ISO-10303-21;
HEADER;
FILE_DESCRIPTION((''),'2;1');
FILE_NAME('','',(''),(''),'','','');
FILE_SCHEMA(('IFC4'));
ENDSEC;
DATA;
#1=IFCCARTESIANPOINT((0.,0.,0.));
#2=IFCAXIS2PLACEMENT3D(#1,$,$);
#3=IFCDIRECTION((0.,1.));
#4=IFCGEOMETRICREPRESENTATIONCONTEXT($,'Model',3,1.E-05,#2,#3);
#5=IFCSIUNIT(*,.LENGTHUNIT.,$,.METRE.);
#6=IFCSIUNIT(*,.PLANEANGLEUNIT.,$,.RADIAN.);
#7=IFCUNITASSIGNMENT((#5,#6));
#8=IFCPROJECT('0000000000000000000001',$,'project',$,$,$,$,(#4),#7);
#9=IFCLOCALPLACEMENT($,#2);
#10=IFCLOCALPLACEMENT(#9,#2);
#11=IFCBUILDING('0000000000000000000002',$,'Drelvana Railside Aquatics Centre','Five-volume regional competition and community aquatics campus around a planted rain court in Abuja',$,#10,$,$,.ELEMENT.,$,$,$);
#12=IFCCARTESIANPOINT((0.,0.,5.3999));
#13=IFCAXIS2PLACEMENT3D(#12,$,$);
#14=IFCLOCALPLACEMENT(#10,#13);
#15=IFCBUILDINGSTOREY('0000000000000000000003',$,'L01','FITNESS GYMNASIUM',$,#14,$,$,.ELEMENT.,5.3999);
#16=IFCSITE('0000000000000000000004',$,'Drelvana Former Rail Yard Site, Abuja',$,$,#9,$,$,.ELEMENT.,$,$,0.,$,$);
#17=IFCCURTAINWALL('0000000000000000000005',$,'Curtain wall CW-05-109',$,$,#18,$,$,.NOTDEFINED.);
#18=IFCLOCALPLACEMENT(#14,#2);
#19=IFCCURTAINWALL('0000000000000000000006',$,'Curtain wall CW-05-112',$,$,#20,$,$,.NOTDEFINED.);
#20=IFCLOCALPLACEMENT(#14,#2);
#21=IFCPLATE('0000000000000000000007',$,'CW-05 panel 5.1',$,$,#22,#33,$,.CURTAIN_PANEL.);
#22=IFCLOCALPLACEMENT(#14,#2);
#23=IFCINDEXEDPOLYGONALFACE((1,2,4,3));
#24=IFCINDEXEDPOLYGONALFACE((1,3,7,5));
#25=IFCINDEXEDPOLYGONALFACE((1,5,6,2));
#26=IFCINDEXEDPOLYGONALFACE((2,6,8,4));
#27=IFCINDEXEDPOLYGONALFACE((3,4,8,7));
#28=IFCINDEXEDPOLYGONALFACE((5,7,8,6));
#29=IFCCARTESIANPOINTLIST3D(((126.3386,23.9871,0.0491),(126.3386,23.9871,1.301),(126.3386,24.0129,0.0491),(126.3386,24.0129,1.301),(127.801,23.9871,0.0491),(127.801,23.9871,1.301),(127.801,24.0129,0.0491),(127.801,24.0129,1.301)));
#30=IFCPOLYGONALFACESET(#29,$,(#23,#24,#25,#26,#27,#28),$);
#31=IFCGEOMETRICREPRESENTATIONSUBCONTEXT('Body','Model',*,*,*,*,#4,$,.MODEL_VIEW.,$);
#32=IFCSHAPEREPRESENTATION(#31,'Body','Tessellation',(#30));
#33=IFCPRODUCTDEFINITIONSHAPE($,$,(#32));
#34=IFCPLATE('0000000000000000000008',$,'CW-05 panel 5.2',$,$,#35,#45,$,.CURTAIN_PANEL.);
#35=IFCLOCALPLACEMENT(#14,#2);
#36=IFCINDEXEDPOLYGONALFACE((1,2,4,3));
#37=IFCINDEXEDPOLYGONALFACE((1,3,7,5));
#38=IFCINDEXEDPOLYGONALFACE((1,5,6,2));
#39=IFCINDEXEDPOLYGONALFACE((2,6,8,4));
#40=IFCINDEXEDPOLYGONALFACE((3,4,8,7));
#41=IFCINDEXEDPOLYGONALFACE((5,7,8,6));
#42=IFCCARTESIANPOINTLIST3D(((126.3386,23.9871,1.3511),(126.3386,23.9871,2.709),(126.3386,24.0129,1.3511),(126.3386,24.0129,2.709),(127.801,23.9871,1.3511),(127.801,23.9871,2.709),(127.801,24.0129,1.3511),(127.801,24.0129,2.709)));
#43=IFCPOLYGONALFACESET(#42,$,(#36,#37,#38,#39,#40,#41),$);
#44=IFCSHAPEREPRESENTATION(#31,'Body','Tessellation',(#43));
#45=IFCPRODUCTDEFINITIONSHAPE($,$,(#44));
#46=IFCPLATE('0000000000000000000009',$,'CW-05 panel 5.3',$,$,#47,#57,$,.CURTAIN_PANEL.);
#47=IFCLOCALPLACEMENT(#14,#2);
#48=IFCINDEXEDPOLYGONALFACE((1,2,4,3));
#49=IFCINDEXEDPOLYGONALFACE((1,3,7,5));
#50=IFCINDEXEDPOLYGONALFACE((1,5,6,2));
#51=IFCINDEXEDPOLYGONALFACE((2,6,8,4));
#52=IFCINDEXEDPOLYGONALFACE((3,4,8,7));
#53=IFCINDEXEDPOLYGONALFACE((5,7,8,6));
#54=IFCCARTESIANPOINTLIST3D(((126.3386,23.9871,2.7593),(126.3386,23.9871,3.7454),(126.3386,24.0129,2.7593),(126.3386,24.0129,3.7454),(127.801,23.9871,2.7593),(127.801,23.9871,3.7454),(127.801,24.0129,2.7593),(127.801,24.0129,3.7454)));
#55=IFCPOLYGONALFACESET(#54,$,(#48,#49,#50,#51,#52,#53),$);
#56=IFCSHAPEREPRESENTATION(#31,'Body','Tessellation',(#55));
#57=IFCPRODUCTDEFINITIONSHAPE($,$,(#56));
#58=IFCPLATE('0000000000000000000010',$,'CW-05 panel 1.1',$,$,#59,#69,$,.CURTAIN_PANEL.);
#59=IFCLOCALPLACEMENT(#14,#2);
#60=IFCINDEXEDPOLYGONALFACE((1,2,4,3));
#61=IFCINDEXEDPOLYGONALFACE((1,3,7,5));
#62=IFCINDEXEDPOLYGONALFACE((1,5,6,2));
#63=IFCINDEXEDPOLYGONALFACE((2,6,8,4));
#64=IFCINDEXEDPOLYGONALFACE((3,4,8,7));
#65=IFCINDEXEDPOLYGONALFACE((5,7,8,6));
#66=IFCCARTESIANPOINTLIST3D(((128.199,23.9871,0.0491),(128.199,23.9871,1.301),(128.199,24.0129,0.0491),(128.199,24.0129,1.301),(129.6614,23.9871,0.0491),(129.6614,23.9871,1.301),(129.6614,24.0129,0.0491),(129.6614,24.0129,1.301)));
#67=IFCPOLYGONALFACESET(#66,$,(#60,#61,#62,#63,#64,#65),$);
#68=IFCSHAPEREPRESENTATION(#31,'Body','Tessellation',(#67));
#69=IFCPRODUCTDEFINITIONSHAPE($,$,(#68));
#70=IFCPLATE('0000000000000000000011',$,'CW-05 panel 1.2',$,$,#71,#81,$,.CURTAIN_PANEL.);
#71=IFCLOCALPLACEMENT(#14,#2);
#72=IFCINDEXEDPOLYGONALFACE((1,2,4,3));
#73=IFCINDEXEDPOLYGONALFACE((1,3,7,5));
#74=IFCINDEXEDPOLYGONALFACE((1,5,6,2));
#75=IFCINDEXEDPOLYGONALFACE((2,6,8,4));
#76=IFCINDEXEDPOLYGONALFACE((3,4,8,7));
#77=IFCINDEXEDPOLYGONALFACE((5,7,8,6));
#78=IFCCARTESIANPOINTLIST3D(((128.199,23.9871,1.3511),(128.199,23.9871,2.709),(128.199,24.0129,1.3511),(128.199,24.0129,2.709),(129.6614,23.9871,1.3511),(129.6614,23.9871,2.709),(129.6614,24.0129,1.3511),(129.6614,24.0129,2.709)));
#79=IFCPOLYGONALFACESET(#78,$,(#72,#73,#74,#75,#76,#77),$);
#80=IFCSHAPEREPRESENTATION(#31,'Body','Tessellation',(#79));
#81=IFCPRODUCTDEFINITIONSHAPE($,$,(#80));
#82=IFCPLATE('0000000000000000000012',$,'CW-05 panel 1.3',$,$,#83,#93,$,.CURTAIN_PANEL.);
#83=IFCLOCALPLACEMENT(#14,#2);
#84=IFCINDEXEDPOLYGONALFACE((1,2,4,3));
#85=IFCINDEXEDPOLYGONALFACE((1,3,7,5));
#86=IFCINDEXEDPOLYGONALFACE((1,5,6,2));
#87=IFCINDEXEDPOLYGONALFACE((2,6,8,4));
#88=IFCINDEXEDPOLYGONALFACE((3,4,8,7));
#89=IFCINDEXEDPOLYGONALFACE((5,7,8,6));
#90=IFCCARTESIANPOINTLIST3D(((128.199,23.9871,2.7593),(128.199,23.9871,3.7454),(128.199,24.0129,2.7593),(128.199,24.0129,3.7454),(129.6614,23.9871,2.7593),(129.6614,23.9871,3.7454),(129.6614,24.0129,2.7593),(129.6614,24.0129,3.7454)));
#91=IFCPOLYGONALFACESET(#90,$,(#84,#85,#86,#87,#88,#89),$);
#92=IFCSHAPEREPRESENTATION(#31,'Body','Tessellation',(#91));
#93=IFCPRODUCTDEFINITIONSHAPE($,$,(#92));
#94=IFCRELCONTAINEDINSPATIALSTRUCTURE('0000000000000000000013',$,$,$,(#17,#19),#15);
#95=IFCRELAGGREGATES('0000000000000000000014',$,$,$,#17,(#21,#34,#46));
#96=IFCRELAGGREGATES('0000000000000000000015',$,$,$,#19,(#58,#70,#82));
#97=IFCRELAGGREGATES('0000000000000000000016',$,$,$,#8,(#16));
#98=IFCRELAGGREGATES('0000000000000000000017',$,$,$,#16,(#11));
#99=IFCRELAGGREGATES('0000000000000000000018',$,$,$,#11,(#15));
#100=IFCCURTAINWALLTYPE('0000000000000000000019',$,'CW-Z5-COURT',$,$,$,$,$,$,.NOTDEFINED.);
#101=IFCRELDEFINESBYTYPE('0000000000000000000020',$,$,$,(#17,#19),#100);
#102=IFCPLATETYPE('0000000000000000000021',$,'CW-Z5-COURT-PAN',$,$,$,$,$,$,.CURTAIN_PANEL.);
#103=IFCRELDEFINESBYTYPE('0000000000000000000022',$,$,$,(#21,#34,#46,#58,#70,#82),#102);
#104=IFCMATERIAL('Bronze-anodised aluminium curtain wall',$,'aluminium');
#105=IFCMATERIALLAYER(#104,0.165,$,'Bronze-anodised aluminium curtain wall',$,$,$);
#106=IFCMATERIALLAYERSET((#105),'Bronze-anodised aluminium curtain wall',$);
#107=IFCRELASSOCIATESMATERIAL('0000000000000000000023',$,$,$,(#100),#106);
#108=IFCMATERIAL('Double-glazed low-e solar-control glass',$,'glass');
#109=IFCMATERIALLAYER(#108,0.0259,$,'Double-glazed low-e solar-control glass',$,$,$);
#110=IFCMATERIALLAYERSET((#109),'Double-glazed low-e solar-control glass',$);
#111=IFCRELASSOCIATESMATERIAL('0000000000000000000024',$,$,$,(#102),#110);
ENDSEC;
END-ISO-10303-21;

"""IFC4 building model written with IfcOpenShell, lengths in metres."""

from ifc_helpers import new_model, si_unit, direction, frame, origin, origin_2d, place, context, subcontext, project, spatial, rectangle, extrude, material, layer, layer_set, type_object, element, aggregate, save


model = new_model("IFC4")

# Units and contexts
model_context = context("Model", 3, precision=1e-05, world=origin(), true_north=direction((0.0, 1.0)))
body_context = subcontext(model_context, "Body", "Model", "MODEL_VIEW")
ifc_project = project(units=[si_unit("LENGTHUNIT", "METRE"), si_unit("PLANEANGLEUNIT", "RADIAN")], contexts=[model_context])

# Site, building, storey
site_placement = place(None, origin())
site = spatial("IfcSite", under=ifc_project, at=site_placement, Name="Drelvana Former Rail Yard Site, Abuja", CompositionType="ELEMENT", RefElevation=0.0)
building_placement = place(site_placement, origin())
building = spatial("IfcBuilding", under=site, at=building_placement, Name="Drelvana Railside Aquatics Centre", Description="Five-volume regional competition and community aquatics campus around a planted rain court in Abuja", CompositionType="ELEMENT")
storey_placement = place(building_placement, frame((0.0, 0.0, 5.3999)))
storey = spatial("IfcBuildingStorey", under=building, at=storey_placement, Name="L01", Description="FITNESS GYMNASIUM", CompositionType="ELEMENT", Elevation=5.3999)

# Curtain walls
ifc_material_1 = material(Name="Bronze-anodised aluminium curtain wall", Category="aluminium")
ifc_layer_1 = layer(ifc_material_1, 0.165, Name="Bronze-anodised aluminium curtain wall")
ifc_layer_set_1 = layer_set([ifc_layer_1], Name="Bronze-anodised aluminium curtain wall")
curtain_wall_type = type_object("IfcCurtainWallType", Name="CW-Z5-COURT", PredefinedType="NOTDEFINED", material=ifc_layer_set_1)
curtain_wall_1_placement = place(storey_placement, origin())
curtain_wall_1 = element("IfcCurtainWall", 1, at=curtain_wall_1_placement, inside=storey, type_object=curtain_wall_type, Name="Curtain wall CW-05-109", PredefinedType="NOTDEFINED")
curtain_wall_2_placement = place(storey_placement, origin())
curtain_wall_2 = element("IfcCurtainWall", 2, at=curtain_wall_2_placement, inside=storey, type_object=curtain_wall_type, Name="Curtain wall CW-05-112", PredefinedType="NOTDEFINED")

# Plates
ifc_material_2 = material(Name="Double-glazed low-e solar-control glass", Category="glass")
ifc_layer_2 = layer(ifc_material_2, 0.0259, Name="Double-glazed low-e solar-control glass")
ifc_layer_set_2 = layer_set([ifc_layer_2], Name="Double-glazed low-e solar-control glass")
plate_type = type_object("IfcPlateType", Name="CW-Z5-COURT-PAN", PredefinedType="CURTAIN_PANEL", material=ifc_layer_set_2)
plate_1_placement = place(storey_placement, frame((127.0698, 24.0, 0.0491), z_axis=(0.0, 0.0, 1.0), x_axis=(1.0, 0.0, 0.0)))
plate_1 = element("IfcPlate", 3, at=plate_1_placement, type_object=plate_type, Name="CW-05 panel 5.1", PredefinedType="CURTAIN_PANEL", context=body_context, shape_type="SweptSolid", body=[
    extrude(rectangle(XDim=1.4624, YDim=0.0259, at=origin_2d()), origin(), (0.0, 0.0, 1.0), 1.252),
])
plate_2_placement = place(storey_placement, frame((127.0698, 24.0, 1.3511), z_axis=(0.0, 0.0, 1.0), x_axis=(1.0, 0.0, 0.0)))
plate_2 = element("IfcPlate", 4, at=plate_2_placement, type_object=plate_type, Name="CW-05 panel 5.2", PredefinedType="CURTAIN_PANEL", context=body_context, shape_type="SweptSolid", body=[
    extrude(rectangle(XDim=1.4624, YDim=0.0259, at=origin_2d()), origin(), (0.0, 0.0, 1.0), 1.3579),
])
plate_3_placement = place(storey_placement, frame((127.0698, 24.0, 2.7593), z_axis=(0.0, 0.0, 1.0), x_axis=(1.0, 0.0, 0.0)))
plate_3 = element("IfcPlate", 5, at=plate_3_placement, type_object=plate_type, Name="CW-05 panel 5.3", PredefinedType="CURTAIN_PANEL", context=body_context, shape_type="SweptSolid", body=[
    extrude(rectangle(XDim=1.4624, YDim=0.0259, at=origin_2d()), origin(), (0.0, 0.0, 1.0), 0.9861),
])
aggregate(curtain_wall_1, [plate_1, plate_2, plate_3])
plate_4_placement = place(storey_placement, frame((128.9302, 24.0, 0.0491), z_axis=(0.0, 0.0, 1.0), x_axis=(1.0, 0.0, 0.0)))
plate_4 = element("IfcPlate", 6, at=plate_4_placement, type_object=plate_type, Name="CW-05 panel 1.1", PredefinedType="CURTAIN_PANEL", context=body_context, shape_type="SweptSolid", body=[
    extrude(rectangle(XDim=1.4624, YDim=0.0259, at=origin_2d()), origin(), (0.0, 0.0, 1.0), 1.252),
])
plate_5_placement = place(storey_placement, frame((128.9302, 24.0, 1.3511), z_axis=(0.0, 0.0, 1.0), x_axis=(1.0, 0.0, 0.0)))
plate_5 = element("IfcPlate", 7, at=plate_5_placement, type_object=plate_type, Name="CW-05 panel 1.2", PredefinedType="CURTAIN_PANEL", context=body_context, shape_type="SweptSolid", body=[
    extrude(rectangle(XDim=1.4624, YDim=0.0259, at=origin_2d()), origin(), (0.0, 0.0, 1.0), 1.3579),
])
plate_6_placement = place(storey_placement, frame((128.9302, 24.0, 2.7593), z_axis=(0.0, 0.0, 1.0), x_axis=(1.0, 0.0, 0.0)))
plate_6 = element("IfcPlate", 8, at=plate_6_placement, type_object=plate_type, Name="CW-05 panel 1.3", PredefinedType="CURTAIN_PANEL", context=body_context, shape_type="SweptSolid", body=[
    extrude(rectangle(XDim=1.4624, YDim=0.0259, at=origin_2d()), origin(), (0.0, 0.0, 1.0), 0.9861),
])
aggregate(curtain_wall_2, [plate_4, plate_5, plate_6])

save(model, "model.ifc")
